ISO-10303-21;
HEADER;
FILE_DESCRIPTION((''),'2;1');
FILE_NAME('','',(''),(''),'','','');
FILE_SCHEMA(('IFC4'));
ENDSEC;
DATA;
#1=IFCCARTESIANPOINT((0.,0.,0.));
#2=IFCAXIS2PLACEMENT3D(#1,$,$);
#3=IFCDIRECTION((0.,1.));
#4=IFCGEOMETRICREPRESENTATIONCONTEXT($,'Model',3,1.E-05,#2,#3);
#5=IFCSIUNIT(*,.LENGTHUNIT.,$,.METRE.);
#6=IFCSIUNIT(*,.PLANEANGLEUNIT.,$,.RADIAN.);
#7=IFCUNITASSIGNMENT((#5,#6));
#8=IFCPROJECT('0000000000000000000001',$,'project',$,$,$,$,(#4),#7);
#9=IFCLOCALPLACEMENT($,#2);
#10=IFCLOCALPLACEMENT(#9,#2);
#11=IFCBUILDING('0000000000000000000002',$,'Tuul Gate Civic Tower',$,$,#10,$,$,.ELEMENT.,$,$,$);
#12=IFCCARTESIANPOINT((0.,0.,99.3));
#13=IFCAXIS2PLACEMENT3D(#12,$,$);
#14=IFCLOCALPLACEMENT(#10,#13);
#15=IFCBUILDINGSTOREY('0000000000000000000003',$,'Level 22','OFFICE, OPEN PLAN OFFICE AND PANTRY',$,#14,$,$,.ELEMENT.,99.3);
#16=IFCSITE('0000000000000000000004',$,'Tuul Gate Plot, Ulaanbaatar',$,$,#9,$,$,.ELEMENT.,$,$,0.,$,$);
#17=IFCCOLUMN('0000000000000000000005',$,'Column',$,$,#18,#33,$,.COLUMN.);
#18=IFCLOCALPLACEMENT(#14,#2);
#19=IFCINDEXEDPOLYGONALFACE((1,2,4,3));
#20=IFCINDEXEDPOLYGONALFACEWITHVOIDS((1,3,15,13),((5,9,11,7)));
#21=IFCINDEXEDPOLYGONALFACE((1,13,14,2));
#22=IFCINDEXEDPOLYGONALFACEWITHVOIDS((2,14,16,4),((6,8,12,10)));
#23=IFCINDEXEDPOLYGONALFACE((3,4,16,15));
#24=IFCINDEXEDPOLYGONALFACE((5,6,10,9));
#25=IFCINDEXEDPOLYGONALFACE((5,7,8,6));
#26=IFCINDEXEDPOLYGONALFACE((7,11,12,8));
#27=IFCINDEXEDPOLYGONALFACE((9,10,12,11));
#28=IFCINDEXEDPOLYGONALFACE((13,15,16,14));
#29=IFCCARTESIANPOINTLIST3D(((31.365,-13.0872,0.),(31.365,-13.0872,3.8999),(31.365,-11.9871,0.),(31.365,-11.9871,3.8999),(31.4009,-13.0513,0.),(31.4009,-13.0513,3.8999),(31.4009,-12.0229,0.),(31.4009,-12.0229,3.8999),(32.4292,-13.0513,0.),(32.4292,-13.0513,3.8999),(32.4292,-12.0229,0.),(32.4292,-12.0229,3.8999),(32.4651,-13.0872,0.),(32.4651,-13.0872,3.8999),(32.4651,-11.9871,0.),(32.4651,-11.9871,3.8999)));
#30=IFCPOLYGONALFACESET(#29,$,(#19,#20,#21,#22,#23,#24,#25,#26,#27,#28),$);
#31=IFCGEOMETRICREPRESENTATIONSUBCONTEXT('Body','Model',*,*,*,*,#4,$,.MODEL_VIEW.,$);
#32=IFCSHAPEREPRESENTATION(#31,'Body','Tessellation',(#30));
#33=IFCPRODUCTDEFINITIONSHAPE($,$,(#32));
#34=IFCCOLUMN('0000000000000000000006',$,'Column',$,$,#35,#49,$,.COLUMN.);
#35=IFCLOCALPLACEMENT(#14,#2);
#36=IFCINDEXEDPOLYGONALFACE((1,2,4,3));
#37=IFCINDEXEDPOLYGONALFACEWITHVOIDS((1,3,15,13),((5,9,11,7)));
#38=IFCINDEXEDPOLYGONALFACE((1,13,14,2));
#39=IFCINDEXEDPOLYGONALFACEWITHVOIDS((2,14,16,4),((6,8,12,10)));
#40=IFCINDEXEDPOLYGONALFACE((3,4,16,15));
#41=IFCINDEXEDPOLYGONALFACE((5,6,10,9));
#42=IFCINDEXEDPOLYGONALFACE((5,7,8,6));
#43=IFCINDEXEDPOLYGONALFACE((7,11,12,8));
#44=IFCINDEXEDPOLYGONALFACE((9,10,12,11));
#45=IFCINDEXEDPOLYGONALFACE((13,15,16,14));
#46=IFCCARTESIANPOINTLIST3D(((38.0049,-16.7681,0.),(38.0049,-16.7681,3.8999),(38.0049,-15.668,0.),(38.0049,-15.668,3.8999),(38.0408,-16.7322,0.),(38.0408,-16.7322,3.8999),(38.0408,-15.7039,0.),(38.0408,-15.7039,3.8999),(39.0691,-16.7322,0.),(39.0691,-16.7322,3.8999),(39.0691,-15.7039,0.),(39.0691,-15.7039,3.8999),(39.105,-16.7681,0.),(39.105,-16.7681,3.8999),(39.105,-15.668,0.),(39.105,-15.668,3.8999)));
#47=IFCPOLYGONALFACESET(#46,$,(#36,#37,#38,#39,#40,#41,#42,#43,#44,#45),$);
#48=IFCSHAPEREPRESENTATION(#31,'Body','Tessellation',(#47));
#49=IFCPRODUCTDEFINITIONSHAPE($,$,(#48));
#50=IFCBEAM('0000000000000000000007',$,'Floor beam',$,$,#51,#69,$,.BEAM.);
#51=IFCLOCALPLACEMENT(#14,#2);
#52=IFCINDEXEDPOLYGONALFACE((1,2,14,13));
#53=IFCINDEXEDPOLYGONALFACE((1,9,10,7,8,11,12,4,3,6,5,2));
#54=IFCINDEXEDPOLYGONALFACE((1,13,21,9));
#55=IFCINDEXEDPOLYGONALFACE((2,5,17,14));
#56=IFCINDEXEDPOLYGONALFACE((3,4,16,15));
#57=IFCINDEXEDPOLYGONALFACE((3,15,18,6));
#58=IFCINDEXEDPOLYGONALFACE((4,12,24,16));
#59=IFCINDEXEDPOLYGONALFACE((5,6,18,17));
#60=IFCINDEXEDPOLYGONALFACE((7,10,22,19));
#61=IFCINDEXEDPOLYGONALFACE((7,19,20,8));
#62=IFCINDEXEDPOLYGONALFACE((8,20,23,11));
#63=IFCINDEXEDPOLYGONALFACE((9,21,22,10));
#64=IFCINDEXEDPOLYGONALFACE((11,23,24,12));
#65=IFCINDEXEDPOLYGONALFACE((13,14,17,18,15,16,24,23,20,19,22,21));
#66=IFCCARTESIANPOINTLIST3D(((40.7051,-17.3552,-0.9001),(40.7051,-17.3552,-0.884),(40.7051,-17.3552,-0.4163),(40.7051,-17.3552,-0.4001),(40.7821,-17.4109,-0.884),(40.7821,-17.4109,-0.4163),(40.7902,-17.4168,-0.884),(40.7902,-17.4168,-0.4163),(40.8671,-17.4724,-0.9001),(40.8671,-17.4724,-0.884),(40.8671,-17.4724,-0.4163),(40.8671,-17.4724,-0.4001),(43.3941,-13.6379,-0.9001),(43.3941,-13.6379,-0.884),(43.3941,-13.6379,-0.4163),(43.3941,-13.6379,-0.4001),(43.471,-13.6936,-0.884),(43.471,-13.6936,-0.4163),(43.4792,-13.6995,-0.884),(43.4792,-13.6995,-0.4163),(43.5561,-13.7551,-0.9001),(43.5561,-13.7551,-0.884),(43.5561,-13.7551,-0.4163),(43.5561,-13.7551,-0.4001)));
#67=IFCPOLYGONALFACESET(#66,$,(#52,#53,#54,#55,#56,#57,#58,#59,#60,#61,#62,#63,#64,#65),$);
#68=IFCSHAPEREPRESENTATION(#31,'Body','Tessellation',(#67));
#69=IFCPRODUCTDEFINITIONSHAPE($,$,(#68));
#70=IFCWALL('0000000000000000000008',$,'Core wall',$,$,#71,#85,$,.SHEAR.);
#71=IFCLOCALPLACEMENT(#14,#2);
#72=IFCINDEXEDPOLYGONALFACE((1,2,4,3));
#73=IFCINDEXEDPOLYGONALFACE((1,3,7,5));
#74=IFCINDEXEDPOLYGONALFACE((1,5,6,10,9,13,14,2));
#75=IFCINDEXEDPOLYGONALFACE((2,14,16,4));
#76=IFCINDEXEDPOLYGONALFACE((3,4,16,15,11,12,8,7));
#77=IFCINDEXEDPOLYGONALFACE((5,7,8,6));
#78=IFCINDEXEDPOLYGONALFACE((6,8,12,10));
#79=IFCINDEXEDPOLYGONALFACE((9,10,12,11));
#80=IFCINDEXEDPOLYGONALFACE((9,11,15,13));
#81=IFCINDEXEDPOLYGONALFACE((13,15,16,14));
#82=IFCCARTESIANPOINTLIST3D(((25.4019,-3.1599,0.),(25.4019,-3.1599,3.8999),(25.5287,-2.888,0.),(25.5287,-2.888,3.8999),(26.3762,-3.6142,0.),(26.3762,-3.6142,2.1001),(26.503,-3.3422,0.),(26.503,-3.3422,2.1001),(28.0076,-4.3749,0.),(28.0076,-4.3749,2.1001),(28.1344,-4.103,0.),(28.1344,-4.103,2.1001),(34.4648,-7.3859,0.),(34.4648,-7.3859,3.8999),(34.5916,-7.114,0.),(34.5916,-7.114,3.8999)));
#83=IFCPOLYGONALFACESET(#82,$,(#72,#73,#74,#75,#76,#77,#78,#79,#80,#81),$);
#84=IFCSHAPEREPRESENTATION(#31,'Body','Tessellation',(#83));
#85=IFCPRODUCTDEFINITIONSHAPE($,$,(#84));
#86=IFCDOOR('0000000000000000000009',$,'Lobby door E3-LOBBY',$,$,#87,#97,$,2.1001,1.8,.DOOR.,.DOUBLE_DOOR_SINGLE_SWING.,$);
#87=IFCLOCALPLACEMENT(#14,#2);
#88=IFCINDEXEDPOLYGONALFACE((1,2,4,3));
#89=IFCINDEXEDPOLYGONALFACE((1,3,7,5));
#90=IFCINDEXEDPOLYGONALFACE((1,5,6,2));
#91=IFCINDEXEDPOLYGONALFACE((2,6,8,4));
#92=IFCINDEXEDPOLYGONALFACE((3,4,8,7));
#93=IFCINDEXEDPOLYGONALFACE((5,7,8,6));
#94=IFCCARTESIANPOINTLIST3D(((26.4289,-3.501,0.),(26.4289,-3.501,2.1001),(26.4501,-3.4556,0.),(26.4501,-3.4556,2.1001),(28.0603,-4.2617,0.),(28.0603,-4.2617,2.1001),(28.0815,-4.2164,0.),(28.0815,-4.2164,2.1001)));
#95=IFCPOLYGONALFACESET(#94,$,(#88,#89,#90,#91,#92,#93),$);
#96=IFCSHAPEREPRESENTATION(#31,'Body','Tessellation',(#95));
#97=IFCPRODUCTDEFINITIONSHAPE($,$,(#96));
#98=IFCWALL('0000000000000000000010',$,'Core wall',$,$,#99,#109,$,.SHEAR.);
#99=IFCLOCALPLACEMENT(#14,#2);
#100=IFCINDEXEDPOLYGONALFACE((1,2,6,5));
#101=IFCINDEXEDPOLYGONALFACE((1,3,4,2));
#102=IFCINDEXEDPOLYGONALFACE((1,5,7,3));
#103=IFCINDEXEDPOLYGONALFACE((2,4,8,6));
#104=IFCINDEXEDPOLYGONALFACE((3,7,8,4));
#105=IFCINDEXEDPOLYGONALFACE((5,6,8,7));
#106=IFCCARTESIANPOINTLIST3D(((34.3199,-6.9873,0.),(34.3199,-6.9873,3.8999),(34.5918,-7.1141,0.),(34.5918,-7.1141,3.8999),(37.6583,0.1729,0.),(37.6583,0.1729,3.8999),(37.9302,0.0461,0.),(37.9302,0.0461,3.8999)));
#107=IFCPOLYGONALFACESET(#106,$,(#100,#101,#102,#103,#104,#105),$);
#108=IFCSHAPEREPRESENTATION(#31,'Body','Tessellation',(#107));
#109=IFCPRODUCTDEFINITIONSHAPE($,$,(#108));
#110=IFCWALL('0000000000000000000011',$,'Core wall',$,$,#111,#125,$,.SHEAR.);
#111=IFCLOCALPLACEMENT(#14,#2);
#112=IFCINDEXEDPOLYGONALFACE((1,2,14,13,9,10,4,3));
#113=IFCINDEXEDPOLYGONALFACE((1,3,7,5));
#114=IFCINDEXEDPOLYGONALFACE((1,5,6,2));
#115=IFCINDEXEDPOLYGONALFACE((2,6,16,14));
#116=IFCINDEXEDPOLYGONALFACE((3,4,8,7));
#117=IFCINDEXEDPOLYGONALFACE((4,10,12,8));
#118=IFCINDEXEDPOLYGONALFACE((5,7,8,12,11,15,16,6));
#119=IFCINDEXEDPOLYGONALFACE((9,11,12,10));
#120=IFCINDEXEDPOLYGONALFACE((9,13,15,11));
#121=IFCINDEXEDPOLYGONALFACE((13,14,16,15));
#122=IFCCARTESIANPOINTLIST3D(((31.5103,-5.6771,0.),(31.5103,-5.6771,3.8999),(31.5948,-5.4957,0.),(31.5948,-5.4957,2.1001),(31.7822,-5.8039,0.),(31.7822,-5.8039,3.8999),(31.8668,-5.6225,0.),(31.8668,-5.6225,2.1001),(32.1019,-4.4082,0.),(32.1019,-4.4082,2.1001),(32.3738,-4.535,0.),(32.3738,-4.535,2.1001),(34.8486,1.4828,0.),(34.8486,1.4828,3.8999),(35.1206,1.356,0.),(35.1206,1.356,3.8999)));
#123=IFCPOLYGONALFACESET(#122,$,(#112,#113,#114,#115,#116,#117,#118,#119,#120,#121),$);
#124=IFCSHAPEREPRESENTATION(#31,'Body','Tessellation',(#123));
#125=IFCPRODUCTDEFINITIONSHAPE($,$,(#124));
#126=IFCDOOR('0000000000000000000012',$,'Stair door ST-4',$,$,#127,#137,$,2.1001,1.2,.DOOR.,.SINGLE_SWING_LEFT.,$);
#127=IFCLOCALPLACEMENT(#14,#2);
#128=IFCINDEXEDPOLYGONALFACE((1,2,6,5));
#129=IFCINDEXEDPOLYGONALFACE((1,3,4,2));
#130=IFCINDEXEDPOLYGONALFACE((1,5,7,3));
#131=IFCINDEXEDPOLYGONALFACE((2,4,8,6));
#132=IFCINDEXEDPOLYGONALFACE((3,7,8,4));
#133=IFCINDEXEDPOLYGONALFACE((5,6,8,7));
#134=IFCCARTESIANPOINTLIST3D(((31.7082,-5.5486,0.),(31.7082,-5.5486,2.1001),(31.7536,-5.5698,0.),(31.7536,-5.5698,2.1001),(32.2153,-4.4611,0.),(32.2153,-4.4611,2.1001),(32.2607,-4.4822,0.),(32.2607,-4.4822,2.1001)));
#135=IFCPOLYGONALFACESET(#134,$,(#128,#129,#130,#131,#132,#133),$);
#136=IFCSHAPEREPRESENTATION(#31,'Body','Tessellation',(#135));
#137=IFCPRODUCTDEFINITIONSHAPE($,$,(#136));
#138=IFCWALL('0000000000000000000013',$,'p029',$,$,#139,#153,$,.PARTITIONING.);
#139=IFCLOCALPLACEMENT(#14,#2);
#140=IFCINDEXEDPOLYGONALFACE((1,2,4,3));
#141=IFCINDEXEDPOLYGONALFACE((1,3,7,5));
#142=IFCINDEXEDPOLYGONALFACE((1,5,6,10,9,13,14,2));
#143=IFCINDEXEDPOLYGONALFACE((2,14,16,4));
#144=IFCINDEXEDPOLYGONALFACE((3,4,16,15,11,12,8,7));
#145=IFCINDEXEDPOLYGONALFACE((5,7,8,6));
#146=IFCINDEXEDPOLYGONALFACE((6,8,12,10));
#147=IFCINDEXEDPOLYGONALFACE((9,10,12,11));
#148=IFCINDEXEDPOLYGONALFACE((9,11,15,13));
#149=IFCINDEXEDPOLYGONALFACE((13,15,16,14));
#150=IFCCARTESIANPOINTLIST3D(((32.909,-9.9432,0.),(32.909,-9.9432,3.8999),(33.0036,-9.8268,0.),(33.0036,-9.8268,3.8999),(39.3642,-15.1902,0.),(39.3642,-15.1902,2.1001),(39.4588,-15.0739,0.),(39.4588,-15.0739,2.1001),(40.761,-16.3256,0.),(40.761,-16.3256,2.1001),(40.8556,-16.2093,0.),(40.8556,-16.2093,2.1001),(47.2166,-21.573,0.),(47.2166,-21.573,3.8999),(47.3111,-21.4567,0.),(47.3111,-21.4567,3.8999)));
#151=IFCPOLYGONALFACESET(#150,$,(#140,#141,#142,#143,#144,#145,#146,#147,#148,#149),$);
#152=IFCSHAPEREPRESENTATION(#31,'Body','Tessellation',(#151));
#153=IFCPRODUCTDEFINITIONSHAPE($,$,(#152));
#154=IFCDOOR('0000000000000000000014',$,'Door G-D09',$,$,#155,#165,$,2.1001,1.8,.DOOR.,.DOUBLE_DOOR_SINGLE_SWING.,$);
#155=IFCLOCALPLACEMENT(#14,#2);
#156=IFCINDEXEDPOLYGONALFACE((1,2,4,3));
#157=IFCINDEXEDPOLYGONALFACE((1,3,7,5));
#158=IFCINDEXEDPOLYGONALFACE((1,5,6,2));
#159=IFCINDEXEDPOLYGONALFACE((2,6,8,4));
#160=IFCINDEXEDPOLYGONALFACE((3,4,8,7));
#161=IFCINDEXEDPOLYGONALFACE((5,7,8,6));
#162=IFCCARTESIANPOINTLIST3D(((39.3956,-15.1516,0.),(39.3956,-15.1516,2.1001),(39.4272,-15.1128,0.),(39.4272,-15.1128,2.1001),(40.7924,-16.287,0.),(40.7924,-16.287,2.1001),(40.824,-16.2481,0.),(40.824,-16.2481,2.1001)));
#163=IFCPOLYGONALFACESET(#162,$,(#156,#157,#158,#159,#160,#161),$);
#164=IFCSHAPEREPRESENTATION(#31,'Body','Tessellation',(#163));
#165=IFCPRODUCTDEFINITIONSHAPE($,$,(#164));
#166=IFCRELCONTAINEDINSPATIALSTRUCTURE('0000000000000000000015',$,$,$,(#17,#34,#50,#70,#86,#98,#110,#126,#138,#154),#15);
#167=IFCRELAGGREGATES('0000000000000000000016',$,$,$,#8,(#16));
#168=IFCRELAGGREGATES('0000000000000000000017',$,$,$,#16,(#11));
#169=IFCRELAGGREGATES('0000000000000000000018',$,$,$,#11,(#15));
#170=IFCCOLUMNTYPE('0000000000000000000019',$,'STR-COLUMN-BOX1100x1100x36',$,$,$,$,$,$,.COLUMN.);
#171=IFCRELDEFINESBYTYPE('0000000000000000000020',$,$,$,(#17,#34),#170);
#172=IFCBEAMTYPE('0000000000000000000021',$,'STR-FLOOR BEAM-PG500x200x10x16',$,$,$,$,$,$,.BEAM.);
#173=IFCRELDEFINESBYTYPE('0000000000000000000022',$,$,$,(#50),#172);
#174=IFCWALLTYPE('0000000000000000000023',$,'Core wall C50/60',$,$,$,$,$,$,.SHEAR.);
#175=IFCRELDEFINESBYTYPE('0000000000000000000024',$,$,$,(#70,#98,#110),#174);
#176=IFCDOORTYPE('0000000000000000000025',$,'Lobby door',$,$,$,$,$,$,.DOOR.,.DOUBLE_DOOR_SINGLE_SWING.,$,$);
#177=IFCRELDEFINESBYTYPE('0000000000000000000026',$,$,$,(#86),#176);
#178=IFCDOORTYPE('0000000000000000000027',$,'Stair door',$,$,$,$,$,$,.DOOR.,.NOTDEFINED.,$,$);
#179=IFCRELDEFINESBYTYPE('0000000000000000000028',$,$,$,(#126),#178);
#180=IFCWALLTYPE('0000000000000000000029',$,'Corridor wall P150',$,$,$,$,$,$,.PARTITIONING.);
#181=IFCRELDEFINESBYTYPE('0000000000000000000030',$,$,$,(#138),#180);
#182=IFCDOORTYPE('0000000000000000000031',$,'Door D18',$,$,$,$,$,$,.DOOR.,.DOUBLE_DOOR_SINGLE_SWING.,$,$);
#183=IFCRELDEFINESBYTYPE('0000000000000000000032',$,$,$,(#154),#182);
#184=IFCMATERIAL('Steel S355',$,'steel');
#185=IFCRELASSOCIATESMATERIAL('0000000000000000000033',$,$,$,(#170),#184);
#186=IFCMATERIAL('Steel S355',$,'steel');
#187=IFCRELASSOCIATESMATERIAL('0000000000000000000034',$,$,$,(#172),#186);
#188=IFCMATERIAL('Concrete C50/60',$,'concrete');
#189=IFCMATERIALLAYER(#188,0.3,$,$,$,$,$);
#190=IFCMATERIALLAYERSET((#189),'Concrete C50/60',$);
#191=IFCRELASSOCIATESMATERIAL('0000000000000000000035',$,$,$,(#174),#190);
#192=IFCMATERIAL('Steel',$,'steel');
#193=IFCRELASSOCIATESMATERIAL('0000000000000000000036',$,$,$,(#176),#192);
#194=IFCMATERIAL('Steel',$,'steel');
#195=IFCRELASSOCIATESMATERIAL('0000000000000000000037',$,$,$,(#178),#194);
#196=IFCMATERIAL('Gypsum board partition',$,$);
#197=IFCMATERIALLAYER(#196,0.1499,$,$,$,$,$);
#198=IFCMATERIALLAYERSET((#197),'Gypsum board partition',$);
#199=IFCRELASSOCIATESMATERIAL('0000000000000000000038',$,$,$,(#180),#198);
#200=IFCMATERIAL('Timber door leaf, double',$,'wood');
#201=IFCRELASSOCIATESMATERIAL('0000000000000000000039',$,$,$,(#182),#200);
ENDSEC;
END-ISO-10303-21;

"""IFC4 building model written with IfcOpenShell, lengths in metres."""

from ifc_helpers import new_model, si_unit, direction, frame, frame_2d, origin, origin_2d, place, context, subcontext, project, spatial, rectangle, hollow_rectangle, i_section, extrude, material, layer, layer_set, material_profile, profile_set, type_object, element, fill, save


model = new_model("IFC4")

# Units and contexts
model_context = context("Model", 3, precision=1e-05, world=origin(), true_north=direction((0.0, 1.0)))
body_context = subcontext(model_context, "Body", "Model", "MODEL_VIEW")
ifc_project = project(units=[si_unit("LENGTHUNIT", "METRE"), si_unit("PLANEANGLEUNIT", "RADIAN")], contexts=[model_context])

# Site, building, storey
site_placement = place(None, origin())
site = spatial("IfcSite", under=ifc_project, at=site_placement, Name="Tuul Gate Plot, Ulaanbaatar", CompositionType="ELEMENT", RefElevation=0.0)
building_placement = place(site_placement, origin())
building = spatial("IfcBuilding", under=site, at=building_placement, Name="Tuul Gate Civic Tower", CompositionType="ELEMENT")
storey_placement = place(building_placement, frame((0.0, 0.0, 99.3)))
storey = spatial("IfcBuildingStorey", under=building, at=storey_placement, Name="Level 22", Description="OFFICE, OPEN PLAN OFFICE AND PANTRY", CompositionType="ELEMENT", Elevation=99.3)

# Columns
ifc_material_1 = material(Name="Steel S355", Category="steel")
ifc_material_profile_1 = material_profile(ifc_material_1, hollow_rectangle(XDim=1.1001, YDim=1.1001, WallThickness=0.0359, at=origin_2d()), Name="BOX1100x1100x36")
ifc_profile_set_1 = profile_set([ifc_material_profile_1], Name="Steel S355")
column_type = type_object("IfcColumnType", Name="STR-COLUMN-BOX1100x1100x36", PredefinedType="COLUMN", material=ifc_profile_set_1)
for number, where, z_axis, x_axis, name in (
    (1, (31.915, -12.5371, 0.0), (0.0, 0.0, 1.0), (1.0, 0.0, 0.0), "Column"),
    (2, (38.5549, -16.218, 0.0), (0.0, 0.0, 1.0), (1.0, 0.0, 0.0), "Column"),
):
    element("IfcColumn", number, at=place(storey_placement, frame(where, z_axis=z_axis, x_axis=x_axis)), inside=storey, type_object=column_type, Name=name, PredefinedType="COLUMN", context=body_context, shape_type="SweptSolid", body=[
        extrude(hollow_rectangle(XDim=1.1001, YDim=1.1001, WallThickness=0.0359, at=origin_2d()), origin(), (0.0, 0.0, 1.0), 3.8999),
    ])

# Beam
ifc_material_2 = material(Name="Steel S355", Category="steel")
ifc_material_profile_2 = material_profile(ifc_material_2, i_section(OverallWidth=0.2, OverallDepth=0.5, WebThickness=0.01, FlangeThickness=0.0161, at=origin_2d()), Name="PG500x200x10x16")
ifc_profile_set_2 = profile_set([ifc_material_profile_2], Name="Steel S355")
beam_type = type_object("IfcBeamType", Name="STR-FLOOR BEAM-PG500x200x10x16", PredefinedType="BEAM", material=ifc_profile_set_2)
beam_placement = place(storey_placement, frame((40.7861, -17.4138, -0.6501), z_axis=(0.5861, 0.810238, 0.0), x_axis=(-0.810238, 0.5861, 0.0)))
element("IfcBeam", 3, at=beam_placement, inside=storey, type_object=beam_type, Name="Floor beam", PredefinedType="BEAM", context=body_context, shape_type="SweptSolid", body=[
    extrude(i_section(OverallWidth=0.2, OverallDepth=0.5, WebThickness=0.01, FlangeThickness=0.0161, at=origin_2d()), origin(), (0.0, 0.0, 1.0), 4.5879),
])

# Wall, opening, door
ifc_material_3 = material(Name="Concrete C50/60", Category="concrete")
ifc_layer_1 = layer(ifc_material_3, 0.3)
ifc_layer_set_1 = layer_set([ifc_layer_1], Name="Concrete C50/60")
wall_type_1 = type_object("IfcWallType", Name="Core wall C50/60", PredefinedType="SHEAR", material=ifc_layer_set_1)
wall_1_placement = place(storey_placement, frame((34.5283, -7.25, 0.0), z_axis=(0.0, 0.0, 1.0), x_axis=(-0.90631, 0.422613, 0.0)))
wall_1 = element("IfcWall", 4, at=wall_1_placement, inside=storey, type_object=wall_type_1, Name="Core wall", PredefinedType="SHEAR", context=body_context, shape_type="SweptSolid", body=[
    extrude(rectangle(XDim=9.9998, YDim=0.3, at=frame_2d((5.0, 0.0))), origin(), (0.0, 0.0, 1.0), 3.8999),
])
opening_1_placement = place(wall_1_placement, frame((7.125, 0.0, 0.0)))
opening_1 = element("IfcOpeningElement", 5, at=opening_1_placement, cuts=wall_1, PredefinedType="OPENING", context=body_context, shape_type="SweptSolid", body=[
    extrude(rectangle(XDim=1.8, YDim=2.1001, at=frame_2d((0.8999, 1.05))), frame((0.0, 0.1602, 0.0), z_axis=(0.0, -1.0, 0.0), x_axis=(1.0, 0.0, 0.0)), (0.0, 0.0, 1.0), 0.3201),
])
ifc_material_4 = material(Name="Steel", Category="steel")
door_type_1 = type_object("IfcDoorType", Name="Lobby door", OperationType="DOUBLE_DOOR_SINGLE_SWING", PredefinedType="DOOR", material=ifc_material_4)
door_1_placement = place(opening_1_placement, frame((1.8, 0.0, 0.0), z_axis=(0.0, 0.0, 1.0), x_axis=(-1.0, 0.0, 0.0)))
door_1 = element("IfcDoor", 6, at=door_1_placement, inside=storey, type_object=door_type_1, Name="Lobby door E3-LOBBY", OperationType="DOUBLE_DOOR_SINGLE_SWING", OverallHeight=2.1001, OverallWidth=1.8, PredefinedType="DOOR", context=body_context, shape_type="SweptSolid", body=[
    extrude(rectangle(XDim=1.8, YDim=2.1001, at=frame_2d((0.9001, 1.05))), frame((0.0, 0.0249, 0.0), z_axis=(0.0, -1.0, 0.0), x_axis=(1.0, 0.0, 0.0)), (0.0, 0.0, 1.0), 0.05),
])
fill(opening_1, door_1)

# Wall
wall_2_placement = place(storey_placement, frame((34.4558, -7.0508, 0.0), z_axis=(0.0, 0.0, 1.0), x_axis=(0.422571, 0.90633, 0.0)))
element("IfcWall", 7, at=wall_2_placement, inside=storey, type_object=wall_type_1, Name="Core wall", PredefinedType="SHEAR", context=body_context, shape_type="SweptSolid", body=[
    extrude(rectangle(XDim=7.9001, YDim=0.3, at=frame_2d((3.9502, 0.0))), origin(), (0.0, 0.0, 1.0), 3.8999),
])

# Walls, openings, doors
wall_3_placement = place(storey_placement, frame((31.6462, -5.7405, 0.0), z_axis=(0.0, 0.0, 1.0), x_axis=(0.422583, 0.906324, 0.0)))
wall_3 = element("IfcWall", 8, at=wall_3_placement, inside=storey, type_object=wall_type_1, Name="Core wall", PredefinedType="SHEAR", context=body_context, shape_type="SweptSolid", body=[
    extrude(rectangle(XDim=7.8999, YDim=0.3, at=frame_2d((3.95, 0.0))), origin(), (0.0, 0.0, 1.0), 3.8999),
])
opening_2_placement = place(wall_3_placement, frame((0.2, 0.0, 0.0)))
opening_2 = element("IfcOpeningElement", 9, at=opening_2_placement, cuts=wall_3, PredefinedType="OPENING", context=body_context, shape_type="SweptSolid", body=[
    extrude(rectangle(XDim=1.2, YDim=2.1001, at=frame_2d((0.6001, 1.05))), frame((0.0, 0.1602, 0.0), z_axis=(0.0, -1.0, 0.0), x_axis=(1.0, 0.0, 0.0)), (0.0, 0.0, 1.0), 0.3201),
])
ifc_material_5 = material(Name="Steel", Category="steel")
door_type_2 = type_object("IfcDoorType", Name="Stair door", OperationType="NOTDEFINED", PredefinedType="DOOR", material=ifc_material_5)
door_2_placement = place(opening_2_placement, origin())
door_2 = element("IfcDoor", 10, at=door_2_placement, inside=storey, type_object=door_type_2, Name="Stair door ST-4", OperationType="SINGLE_SWING_LEFT", OverallHeight=2.1001, OverallWidth=1.2, PredefinedType="DOOR", context=body_context, shape_type="SweptSolid", body=[
    extrude(rectangle(XDim=1.2, YDim=2.1001, at=frame_2d((0.6001, 1.05))), frame((0.0, 0.0249, 0.0), z_axis=(0.0, -1.0, 0.0), x_axis=(1.0, 0.0, 0.0)), (0.0, 0.0, 1.0), 0.05),
])
fill(opening_2, door_2)
ifc_material_6 = material(Name="Gypsum board partition")
ifc_layer_2 = layer(ifc_material_6, 0.1499)
ifc_layer_set_2 = layer_set([ifc_layer_2], Name="Gypsum board partition")
wall_type_2 = type_object("IfcWallType", Name="Corridor wall P150", PredefinedType="PARTITIONING", material=ifc_layer_set_2)
wall_4_placement = place(storey_placement, frame((32.9563, -9.885, 0.0), z_axis=(0.0, 0.0, 1.0), x_axis=(0.775983, -0.630754, 0.0)))
wall_4 = element("IfcWall", 11, at=wall_4_placement, inside=storey, type_object=wall_type_2, Name="p029", PredefinedType="PARTITIONING", context=body_context, shape_type="SweptSolid", body=[
    extrude(rectangle(XDim=18.438, YDim=0.1499, at=frame_2d((9.219, 0.0))), origin(), (0.0, 0.0, 1.0), 3.8999),
])
opening_3_placement = place(wall_4_placement, frame((8.3188, 0.0, 0.0)))
opening_3 = element("IfcOpeningElement", 12, at=opening_3_placement, cuts=wall_4, PredefinedType="OPENING", context=body_context, shape_type="SweptSolid", body=[
    extrude(rectangle(XDim=1.8, YDim=2.1001, at=frame_2d((0.8999, 1.05))), frame((0.0, 0.085, 0.0), z_axis=(0.0, -1.0, 0.0), x_axis=(1.0, 0.0, 0.0)), (0.0, 0.0, 1.0), 0.1699),
])
ifc_material_7 = material(Name="Timber door leaf, double", Category="wood")
door_type_3 = type_object("IfcDoorType", Name="Door D18", OperationType="DOUBLE_DOOR_SINGLE_SWING", PredefinedType="DOOR", material=ifc_material_7)
door_3_placement = place(opening_3_placement, origin())
door_3 = element("IfcDoor", 13, at=door_3_placement, inside=storey, type_object=door_type_3, Name="Door G-D09", OperationType="DOUBLE_DOOR_SINGLE_SWING", OverallHeight=2.1001, OverallWidth=1.8, PredefinedType="DOOR", context=body_context, shape_type="SweptSolid", body=[
    extrude(rectangle(XDim=1.8, YDim=2.1001, at=frame_2d((0.8999, 1.05))), frame((0.0, 0.0249, 0.0), z_axis=(0.0, -1.0, 0.0), x_axis=(1.0, 0.0, 0.0)), (0.0, 0.0, 1.0), 0.05),
])
fill(opening_3, door_3)

save(model, "model.ifc")
